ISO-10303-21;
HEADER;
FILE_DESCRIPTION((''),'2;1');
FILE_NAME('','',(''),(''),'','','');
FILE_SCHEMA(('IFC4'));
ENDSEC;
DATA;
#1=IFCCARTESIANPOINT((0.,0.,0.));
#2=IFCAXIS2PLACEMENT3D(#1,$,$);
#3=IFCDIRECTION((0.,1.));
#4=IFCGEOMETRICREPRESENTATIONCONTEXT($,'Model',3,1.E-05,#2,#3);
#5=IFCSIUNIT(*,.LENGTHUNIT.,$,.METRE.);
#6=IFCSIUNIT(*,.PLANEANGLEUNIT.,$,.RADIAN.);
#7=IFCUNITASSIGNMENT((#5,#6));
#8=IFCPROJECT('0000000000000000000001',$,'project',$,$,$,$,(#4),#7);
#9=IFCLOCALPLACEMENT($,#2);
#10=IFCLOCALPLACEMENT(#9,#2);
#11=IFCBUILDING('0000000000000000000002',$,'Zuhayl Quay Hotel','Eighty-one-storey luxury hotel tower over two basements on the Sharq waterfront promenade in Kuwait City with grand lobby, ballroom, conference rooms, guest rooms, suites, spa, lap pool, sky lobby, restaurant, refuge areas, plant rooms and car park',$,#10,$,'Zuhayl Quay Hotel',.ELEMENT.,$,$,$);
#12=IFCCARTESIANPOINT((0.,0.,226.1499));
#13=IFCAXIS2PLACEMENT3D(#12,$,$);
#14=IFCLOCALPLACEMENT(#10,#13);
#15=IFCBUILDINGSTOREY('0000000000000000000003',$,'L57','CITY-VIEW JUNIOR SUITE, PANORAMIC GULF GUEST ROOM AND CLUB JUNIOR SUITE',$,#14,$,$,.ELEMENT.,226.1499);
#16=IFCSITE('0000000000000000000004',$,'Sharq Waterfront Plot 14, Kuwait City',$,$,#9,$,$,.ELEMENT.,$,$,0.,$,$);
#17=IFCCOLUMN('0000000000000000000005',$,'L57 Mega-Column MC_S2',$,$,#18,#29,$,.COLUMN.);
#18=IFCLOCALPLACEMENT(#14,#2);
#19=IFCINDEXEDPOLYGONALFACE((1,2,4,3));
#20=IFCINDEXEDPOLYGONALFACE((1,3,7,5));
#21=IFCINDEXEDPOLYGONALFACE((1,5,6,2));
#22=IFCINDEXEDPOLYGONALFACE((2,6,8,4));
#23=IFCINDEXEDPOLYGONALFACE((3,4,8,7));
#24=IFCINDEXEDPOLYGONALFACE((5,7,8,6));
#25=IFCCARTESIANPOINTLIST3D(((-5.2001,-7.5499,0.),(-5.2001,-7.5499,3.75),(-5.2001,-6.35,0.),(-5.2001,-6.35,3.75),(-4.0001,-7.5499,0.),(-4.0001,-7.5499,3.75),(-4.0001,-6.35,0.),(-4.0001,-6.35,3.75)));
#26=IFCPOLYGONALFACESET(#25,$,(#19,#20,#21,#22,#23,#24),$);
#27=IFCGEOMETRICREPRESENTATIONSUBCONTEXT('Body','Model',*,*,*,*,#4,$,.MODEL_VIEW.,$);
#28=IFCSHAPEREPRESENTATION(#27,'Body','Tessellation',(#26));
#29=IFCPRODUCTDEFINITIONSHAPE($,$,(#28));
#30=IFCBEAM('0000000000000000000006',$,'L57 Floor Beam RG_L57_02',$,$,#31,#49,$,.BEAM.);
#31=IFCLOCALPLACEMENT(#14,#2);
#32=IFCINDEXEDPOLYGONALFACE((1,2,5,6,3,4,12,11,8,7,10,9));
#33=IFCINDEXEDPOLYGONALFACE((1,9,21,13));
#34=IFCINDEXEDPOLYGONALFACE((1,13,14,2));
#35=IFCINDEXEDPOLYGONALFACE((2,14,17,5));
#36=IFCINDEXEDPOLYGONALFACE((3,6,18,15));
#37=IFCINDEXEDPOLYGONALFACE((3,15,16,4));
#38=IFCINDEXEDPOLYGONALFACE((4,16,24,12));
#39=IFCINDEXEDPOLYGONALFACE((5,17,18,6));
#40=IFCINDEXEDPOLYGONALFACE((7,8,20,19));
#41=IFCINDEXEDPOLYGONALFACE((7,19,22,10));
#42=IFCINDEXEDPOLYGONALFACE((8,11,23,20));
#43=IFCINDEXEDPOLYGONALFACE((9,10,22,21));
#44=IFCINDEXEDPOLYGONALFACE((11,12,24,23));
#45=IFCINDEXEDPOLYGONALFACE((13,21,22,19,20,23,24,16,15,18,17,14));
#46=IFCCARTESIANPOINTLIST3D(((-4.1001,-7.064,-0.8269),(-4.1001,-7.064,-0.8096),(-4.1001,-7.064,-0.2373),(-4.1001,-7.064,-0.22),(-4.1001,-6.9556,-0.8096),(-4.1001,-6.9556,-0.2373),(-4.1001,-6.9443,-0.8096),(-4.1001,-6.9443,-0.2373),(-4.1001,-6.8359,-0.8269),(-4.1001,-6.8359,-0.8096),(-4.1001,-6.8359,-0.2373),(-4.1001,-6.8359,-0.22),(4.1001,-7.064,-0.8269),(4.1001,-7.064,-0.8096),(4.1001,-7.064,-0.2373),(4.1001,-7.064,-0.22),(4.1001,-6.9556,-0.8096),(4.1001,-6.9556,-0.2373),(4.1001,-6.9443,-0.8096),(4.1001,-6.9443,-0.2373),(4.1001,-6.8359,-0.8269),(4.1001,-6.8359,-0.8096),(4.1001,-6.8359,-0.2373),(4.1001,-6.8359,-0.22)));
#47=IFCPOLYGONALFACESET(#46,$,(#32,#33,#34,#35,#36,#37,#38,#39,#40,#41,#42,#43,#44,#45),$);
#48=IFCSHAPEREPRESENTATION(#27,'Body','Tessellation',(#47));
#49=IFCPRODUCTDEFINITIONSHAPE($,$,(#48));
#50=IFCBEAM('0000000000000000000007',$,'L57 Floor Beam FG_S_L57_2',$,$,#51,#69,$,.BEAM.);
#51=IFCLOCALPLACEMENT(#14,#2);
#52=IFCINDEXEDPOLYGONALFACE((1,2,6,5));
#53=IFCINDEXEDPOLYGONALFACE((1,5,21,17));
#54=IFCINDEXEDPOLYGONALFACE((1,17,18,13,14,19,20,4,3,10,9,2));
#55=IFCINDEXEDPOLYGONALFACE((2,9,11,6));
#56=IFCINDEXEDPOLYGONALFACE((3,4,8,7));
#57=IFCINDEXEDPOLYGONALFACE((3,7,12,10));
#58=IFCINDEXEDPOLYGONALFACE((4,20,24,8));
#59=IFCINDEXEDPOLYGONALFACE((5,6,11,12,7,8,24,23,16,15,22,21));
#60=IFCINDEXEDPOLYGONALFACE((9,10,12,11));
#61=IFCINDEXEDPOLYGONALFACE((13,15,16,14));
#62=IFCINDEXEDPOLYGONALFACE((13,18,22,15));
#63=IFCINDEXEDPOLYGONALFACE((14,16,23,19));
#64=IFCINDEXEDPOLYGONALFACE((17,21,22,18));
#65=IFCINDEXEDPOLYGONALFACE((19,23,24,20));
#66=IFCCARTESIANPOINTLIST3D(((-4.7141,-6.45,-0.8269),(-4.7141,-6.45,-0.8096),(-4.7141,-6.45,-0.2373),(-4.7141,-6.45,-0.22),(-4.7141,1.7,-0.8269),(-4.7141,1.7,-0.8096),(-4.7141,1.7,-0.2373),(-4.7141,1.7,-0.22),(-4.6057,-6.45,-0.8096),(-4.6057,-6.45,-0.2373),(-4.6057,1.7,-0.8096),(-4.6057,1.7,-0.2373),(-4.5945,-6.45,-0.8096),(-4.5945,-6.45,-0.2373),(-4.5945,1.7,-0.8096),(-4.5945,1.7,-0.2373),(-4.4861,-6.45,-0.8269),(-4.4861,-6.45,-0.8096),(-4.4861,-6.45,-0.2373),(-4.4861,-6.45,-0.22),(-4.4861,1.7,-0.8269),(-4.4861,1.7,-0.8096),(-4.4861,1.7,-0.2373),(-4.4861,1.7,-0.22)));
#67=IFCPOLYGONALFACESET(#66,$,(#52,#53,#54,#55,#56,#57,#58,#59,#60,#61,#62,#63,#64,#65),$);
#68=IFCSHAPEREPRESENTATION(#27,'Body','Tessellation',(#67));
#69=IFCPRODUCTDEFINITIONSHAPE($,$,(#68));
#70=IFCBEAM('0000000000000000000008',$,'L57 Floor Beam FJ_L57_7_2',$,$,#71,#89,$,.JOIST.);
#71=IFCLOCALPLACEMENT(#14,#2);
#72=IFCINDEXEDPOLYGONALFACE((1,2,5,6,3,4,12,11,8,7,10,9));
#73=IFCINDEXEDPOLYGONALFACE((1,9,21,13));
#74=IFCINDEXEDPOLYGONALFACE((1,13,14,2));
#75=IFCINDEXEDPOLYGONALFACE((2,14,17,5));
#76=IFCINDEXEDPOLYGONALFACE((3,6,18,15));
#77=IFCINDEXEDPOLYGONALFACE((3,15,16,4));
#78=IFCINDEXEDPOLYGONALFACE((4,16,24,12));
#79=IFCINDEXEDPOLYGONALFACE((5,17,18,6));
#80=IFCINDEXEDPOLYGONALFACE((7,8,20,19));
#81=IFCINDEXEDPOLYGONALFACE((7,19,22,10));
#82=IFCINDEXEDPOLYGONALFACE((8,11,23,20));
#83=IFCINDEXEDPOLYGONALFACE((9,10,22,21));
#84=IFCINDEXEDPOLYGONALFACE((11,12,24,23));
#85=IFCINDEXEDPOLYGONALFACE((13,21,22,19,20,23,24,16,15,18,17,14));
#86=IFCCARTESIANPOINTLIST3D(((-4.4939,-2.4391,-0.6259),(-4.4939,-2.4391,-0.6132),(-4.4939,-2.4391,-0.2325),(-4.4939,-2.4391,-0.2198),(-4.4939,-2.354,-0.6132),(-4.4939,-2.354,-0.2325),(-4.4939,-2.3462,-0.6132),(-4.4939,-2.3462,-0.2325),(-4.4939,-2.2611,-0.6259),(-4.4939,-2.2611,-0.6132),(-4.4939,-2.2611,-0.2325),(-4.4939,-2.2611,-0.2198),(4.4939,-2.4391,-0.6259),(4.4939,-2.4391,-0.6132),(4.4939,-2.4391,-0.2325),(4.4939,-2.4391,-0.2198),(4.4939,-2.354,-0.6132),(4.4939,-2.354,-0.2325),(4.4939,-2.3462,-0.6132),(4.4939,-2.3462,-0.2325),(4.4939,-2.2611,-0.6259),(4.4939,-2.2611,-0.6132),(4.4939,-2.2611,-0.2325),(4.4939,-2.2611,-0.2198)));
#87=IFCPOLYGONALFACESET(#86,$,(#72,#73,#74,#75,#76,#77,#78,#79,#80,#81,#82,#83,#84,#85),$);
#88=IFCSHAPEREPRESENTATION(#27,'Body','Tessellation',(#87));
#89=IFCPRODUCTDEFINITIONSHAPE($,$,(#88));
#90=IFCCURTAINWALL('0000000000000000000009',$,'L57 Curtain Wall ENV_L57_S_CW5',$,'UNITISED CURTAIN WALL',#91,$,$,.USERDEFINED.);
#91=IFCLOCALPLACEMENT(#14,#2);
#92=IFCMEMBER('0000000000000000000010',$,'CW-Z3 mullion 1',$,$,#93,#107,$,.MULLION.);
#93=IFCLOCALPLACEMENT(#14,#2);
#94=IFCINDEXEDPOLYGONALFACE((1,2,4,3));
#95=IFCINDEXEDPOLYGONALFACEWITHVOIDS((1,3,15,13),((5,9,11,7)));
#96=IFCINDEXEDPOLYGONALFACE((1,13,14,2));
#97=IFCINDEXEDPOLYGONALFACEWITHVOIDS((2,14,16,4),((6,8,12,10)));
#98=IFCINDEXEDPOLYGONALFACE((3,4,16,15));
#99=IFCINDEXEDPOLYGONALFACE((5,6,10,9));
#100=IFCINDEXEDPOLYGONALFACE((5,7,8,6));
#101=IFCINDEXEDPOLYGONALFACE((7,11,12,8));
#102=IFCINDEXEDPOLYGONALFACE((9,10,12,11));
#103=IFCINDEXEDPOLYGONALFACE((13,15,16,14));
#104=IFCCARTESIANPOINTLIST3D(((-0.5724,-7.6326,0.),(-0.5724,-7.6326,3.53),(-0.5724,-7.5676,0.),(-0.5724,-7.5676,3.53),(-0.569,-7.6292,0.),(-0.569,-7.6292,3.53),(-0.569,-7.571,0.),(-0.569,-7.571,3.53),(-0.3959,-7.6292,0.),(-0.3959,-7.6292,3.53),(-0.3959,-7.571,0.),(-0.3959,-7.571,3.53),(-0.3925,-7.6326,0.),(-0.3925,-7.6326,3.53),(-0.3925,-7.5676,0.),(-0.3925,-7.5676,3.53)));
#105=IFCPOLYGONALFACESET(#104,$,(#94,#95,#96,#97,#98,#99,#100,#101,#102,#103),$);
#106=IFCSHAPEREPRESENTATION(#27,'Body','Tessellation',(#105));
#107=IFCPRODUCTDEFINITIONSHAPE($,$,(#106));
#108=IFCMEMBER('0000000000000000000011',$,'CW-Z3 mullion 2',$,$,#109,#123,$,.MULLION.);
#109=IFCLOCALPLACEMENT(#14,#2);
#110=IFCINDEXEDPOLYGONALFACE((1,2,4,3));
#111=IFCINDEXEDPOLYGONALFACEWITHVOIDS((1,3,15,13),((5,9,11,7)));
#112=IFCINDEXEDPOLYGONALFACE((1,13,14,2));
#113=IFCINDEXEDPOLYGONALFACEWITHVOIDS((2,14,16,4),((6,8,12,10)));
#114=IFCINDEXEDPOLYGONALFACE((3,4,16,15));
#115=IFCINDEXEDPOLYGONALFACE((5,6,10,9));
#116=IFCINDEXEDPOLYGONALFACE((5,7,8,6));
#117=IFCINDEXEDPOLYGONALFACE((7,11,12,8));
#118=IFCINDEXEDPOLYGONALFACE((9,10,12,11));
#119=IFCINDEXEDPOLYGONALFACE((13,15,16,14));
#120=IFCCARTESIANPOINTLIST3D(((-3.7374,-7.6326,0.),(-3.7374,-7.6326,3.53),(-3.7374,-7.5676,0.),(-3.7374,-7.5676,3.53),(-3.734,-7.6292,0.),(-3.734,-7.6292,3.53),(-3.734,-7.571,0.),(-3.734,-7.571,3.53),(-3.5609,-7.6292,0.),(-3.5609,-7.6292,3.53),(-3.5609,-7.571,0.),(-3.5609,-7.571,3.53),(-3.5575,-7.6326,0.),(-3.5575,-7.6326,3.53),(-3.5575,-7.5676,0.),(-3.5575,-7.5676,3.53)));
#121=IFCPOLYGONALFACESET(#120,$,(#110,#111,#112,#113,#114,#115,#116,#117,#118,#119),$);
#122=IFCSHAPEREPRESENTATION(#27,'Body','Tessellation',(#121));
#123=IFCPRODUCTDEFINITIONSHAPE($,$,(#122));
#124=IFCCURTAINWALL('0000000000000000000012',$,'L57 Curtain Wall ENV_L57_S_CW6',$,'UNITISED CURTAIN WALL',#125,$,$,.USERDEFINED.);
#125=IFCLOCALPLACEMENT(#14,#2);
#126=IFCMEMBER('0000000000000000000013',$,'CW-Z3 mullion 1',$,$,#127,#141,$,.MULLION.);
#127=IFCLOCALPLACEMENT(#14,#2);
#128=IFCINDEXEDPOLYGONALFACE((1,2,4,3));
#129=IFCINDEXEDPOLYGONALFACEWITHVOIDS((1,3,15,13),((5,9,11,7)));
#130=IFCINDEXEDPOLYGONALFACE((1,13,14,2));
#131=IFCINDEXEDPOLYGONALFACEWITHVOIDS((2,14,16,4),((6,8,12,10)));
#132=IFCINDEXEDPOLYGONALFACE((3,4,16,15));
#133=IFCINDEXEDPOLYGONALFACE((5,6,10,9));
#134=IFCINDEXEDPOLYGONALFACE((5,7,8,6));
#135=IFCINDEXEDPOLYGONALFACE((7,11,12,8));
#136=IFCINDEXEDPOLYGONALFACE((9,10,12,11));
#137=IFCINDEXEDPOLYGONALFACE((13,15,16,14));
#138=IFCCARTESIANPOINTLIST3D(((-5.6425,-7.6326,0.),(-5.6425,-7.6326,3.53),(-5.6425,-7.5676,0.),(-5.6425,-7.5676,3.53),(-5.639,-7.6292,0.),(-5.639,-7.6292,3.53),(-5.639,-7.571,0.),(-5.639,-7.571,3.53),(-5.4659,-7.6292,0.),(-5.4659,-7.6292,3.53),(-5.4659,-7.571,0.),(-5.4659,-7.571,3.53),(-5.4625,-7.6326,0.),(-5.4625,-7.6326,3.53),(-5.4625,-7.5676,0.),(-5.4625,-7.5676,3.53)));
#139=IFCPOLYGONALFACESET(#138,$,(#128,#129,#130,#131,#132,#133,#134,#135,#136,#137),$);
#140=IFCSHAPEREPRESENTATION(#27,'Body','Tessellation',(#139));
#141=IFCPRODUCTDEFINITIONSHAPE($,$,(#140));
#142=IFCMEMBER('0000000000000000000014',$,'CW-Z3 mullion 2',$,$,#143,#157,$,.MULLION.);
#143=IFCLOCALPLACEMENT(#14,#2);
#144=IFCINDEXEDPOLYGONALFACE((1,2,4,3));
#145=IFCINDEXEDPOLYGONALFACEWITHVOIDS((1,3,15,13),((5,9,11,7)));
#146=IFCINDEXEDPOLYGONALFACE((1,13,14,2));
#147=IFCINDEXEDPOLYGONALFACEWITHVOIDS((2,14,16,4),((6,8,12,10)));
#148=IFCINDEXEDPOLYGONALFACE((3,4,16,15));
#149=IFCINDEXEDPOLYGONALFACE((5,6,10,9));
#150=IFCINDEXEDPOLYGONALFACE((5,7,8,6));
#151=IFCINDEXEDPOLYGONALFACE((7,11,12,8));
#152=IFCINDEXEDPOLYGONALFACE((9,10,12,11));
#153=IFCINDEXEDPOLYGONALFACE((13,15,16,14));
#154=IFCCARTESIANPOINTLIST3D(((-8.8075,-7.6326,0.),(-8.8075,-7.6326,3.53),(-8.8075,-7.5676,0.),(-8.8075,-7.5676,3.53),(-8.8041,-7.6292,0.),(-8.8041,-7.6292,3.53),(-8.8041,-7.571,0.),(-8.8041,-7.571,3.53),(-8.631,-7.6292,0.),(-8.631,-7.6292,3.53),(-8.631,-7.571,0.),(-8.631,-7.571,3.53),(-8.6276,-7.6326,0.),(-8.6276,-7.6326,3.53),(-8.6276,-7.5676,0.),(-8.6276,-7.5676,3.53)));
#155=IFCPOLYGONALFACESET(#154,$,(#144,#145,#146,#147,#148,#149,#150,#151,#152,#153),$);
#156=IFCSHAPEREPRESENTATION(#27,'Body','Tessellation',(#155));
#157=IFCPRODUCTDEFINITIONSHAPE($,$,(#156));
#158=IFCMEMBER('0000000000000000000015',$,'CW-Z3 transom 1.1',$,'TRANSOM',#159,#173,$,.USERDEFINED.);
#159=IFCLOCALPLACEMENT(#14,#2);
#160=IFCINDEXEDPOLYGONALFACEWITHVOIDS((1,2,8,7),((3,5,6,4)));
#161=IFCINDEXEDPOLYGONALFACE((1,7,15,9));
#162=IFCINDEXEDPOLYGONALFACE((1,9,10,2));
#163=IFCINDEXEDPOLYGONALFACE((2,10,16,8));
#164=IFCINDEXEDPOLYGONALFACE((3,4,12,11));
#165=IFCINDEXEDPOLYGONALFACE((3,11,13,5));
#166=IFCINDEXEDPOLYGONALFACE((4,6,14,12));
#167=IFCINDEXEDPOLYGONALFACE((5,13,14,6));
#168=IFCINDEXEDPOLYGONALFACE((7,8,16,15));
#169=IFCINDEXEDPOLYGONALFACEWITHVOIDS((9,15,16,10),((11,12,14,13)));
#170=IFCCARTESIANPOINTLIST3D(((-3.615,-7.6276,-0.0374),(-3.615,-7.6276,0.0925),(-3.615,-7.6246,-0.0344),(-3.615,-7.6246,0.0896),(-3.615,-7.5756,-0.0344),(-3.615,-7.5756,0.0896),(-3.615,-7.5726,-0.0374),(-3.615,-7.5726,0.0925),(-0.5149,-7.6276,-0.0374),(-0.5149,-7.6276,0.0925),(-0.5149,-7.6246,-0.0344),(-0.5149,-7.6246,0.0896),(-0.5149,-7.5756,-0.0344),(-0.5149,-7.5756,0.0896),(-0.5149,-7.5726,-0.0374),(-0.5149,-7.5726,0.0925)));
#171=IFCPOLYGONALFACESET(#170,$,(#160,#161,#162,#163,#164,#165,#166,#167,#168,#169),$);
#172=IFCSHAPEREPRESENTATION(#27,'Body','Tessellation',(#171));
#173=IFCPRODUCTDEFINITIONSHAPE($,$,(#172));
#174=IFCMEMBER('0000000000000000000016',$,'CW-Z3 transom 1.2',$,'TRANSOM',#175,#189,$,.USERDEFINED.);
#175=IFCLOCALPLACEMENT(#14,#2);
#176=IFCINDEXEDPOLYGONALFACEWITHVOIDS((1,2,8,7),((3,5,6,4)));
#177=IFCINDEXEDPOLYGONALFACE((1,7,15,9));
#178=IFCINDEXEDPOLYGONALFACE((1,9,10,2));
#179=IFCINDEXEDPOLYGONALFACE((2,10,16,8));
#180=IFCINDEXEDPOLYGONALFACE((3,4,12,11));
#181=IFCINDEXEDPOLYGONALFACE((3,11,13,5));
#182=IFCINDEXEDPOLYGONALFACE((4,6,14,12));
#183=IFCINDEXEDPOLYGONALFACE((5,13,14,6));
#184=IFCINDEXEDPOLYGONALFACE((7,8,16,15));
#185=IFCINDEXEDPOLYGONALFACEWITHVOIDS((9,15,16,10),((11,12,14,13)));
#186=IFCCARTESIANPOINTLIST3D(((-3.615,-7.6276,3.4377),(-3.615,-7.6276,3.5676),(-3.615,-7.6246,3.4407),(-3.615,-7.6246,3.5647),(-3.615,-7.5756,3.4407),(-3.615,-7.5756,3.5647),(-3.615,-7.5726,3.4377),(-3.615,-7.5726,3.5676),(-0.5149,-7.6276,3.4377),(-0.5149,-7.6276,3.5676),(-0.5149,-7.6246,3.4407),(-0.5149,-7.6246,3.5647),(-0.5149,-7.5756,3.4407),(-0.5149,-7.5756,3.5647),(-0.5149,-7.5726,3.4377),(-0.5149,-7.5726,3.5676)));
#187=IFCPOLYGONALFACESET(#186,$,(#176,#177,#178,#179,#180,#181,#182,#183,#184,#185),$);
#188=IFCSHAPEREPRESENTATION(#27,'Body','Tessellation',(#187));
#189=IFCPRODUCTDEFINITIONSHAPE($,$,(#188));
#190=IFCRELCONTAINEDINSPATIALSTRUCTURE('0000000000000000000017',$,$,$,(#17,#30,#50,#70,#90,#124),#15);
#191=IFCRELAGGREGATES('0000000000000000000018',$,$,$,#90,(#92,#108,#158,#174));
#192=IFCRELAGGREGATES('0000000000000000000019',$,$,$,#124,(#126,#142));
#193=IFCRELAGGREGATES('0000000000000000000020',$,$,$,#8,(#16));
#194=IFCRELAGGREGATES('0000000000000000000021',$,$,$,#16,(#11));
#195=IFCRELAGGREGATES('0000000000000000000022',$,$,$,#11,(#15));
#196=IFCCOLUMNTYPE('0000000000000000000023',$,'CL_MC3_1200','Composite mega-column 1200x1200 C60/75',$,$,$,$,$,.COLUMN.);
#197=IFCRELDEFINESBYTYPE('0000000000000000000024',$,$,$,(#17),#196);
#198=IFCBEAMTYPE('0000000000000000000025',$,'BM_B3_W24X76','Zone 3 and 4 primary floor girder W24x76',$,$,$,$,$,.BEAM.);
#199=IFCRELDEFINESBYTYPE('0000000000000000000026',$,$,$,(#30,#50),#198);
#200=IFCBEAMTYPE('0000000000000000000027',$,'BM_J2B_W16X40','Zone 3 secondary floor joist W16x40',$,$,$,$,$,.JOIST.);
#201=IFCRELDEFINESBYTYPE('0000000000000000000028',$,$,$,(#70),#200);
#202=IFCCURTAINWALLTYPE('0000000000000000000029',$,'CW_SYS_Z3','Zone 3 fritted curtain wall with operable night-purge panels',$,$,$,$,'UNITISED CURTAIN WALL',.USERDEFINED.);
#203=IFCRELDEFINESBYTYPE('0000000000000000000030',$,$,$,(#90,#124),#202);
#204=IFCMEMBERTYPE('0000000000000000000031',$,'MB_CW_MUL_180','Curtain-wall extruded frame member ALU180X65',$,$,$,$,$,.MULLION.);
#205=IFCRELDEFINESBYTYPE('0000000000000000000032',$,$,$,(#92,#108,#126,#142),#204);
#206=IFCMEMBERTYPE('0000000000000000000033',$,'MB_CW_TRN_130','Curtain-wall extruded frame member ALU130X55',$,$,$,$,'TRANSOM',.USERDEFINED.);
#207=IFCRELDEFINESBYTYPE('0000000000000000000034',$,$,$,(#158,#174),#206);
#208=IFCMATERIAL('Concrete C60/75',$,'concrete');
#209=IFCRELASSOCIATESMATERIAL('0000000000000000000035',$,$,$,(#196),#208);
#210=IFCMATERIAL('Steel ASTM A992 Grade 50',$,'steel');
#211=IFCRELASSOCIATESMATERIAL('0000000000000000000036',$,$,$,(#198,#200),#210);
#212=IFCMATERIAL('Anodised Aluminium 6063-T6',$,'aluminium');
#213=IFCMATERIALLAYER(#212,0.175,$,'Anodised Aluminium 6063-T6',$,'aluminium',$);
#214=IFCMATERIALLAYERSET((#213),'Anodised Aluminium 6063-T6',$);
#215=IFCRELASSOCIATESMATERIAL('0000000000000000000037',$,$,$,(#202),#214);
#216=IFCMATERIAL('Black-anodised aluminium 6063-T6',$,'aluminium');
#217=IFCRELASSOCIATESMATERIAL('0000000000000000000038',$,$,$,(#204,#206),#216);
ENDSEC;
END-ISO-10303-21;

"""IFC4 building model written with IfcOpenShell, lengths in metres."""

from ifc_helpers import new_model, si_unit, direction, frame, origin, origin_2d, place, context, subcontext, project, spatial, rectangle, hollow_rectangle, i_section, extrude, material, layer, layer_set, material_profile, profile_set, type_object, element, aggregate, save


model = new_model("IFC4")

# Units and contexts
model_context = context("Model", 3, precision=1e-05, world=origin(), true_north=direction((0.0, 1.0)))
body_context = subcontext(model_context, "Body", "Model", "MODEL_VIEW")
ifc_project = project(units=[si_unit("LENGTHUNIT", "METRE"), si_unit("PLANEANGLEUNIT", "RADIAN")], contexts=[model_context])

# Site, building, storey
site_placement = place(None, origin())
site = spatial("IfcSite", under=ifc_project, at=site_placement, Name="Sharq Waterfront Plot 14, Kuwait City", CompositionType="ELEMENT", RefElevation=0.0)
building_placement = place(site_placement, origin())
building = spatial("IfcBuilding", under=site, at=building_placement, Name="Zuhayl Quay Hotel", Description="Eighty-one-storey luxury hotel tower over two basements on the Sharq waterfront promenade in Kuwait City with grand lobby, ballroom, conference rooms, guest rooms, suites, spa, lap pool, sky lobby, restaurant, refuge areas, plant rooms and car park", LongName="Zuhayl Quay Hotel", CompositionType="ELEMENT")
storey_placement = place(building_placement, frame((0.0, 0.0, 226.1499)))
storey = spatial("IfcBuildingStorey", under=building, at=storey_placement, Name="L57", Description="CITY-VIEW JUNIOR SUITE, PANORAMIC GULF GUEST ROOM AND CLUB JUNIOR SUITE", CompositionType="ELEMENT", Elevation=226.1499)

# Column
ifc_material_1 = material(Name="Concrete C60/75", Category="concrete")
ifc_material_profile_1 = material_profile(ifc_material_1, rectangle(XDim=1.2, YDim=1.2, at=origin_2d()), Name="RC1200X1200")
ifc_profile_set_1 = profile_set([ifc_material_profile_1], Name="Concrete C60/75")
column_type = type_object("IfcColumnType", Name="CL_MC3_1200", Description="Composite mega-column 1200x1200 C60/75", PredefinedType="COLUMN", material=ifc_profile_set_1)
column_placement = place(storey_placement, frame((-4.6001, -6.95, 0.0), z_axis=(0.0, 0.0, 1.0), x_axis=(1.0, 0.0, 0.0)))
element("IfcColumn", 1, at=column_placement, inside=storey, type_object=column_type, Name="L57 Mega-Column MC_S2", PredefinedType="COLUMN", context=body_context, shape_type="SweptSolid", body=[
    extrude(rectangle(XDim=1.2, YDim=1.2, at=origin_2d()), origin(), (0.0, 0.0, 1.0), 3.75),
])

# Beams
ifc_material_2 = material(Name="Steel ASTM A992 Grade 50", Category="steel")
ifc_material_profile_2 = material_profile(ifc_material_2, i_section(OverallWidth=0.228, OverallDepth=0.6069, WebThickness=0.0112, FlangeThickness=0.0173, at=origin_2d()), Name="W24X76")
ifc_profile_set_2 = profile_set([ifc_material_profile_2], Name="Steel ASTM A992 Grade 50")
beam_type_1 = type_object("IfcBeamType", Name="BM_B3_W24X76", Description="Zone 3 and 4 primary floor girder W24x76", PredefinedType="BEAM", material=ifc_profile_set_2)
beam_1_placement = place(storey_placement, frame((-4.1001, -6.95, -0.5234), z_axis=(1.0, 0.0, 0.0), x_axis=(0.0, 1.0, 0.0)))
element("IfcBeam", 2, at=beam_1_placement, inside=storey, type_object=beam_type_1, Name="L57 Floor Beam RG_L57_02", PredefinedType="BEAM", context=body_context, shape_type="SweptSolid", body=[
    extrude(i_section(OverallWidth=0.228, OverallDepth=0.6069, WebThickness=0.0112, FlangeThickness=0.0173, at=origin_2d()), origin(), (0.0, 0.0, 1.0), 8.2002),
])
beam_2_placement = place(storey_placement, frame((-4.6001, -6.45, -0.5234), z_axis=(0.0, 1.0, 0.0), x_axis=(-1.0, 0.0, 0.0)))
element("IfcBeam", 3, at=beam_2_placement, inside=storey, type_object=beam_type_1, Name="L57 Floor Beam FG_S_L57_2", PredefinedType="BEAM", context=body_context, shape_type="SweptSolid", body=[
    extrude(i_section(OverallWidth=0.228, OverallDepth=0.6069, WebThickness=0.0112, FlangeThickness=0.0173, at=origin_2d()), origin(), (0.0, 0.0, 1.0), 8.1499),
])
ifc_material_profile_3 = material_profile(ifc_material_2, i_section(OverallWidth=0.178, OverallDepth=0.406, WebThickness=0.0078, FlangeThickness=0.0127, at=origin_2d()), Name="W16X40")
ifc_profile_set_3 = profile_set([ifc_material_profile_3], Name="Steel ASTM A992 Grade 50")
beam_type_2 = type_object("IfcBeamType", Name="BM_J2B_W16X40", Description="Zone 3 secondary floor joist W16x40", PredefinedType="JOIST", material=ifc_profile_set_3)
beam_3_placement = place(storey_placement, frame((-4.4939, -2.3501, -0.4229), z_axis=(1.0, 0.0, 0.0), x_axis=(0.0, 1.0, 0.0)))
element("IfcBeam", 4, at=beam_3_placement, inside=storey, type_object=beam_type_2, Name="L57 Floor Beam FJ_L57_7_2", PredefinedType="JOIST", context=body_context, shape_type="SweptSolid", body=[
    extrude(i_section(OverallWidth=0.178, OverallDepth=0.406, WebThickness=0.0078, FlangeThickness=0.0127, at=origin_2d()), origin(), (0.0, 0.0, 1.0), 8.9878),
])

# Curtain walls, members
ifc_material_3 = material(Name="Anodised Aluminium 6063-T6", Category="aluminium")
ifc_layer_1 = layer(ifc_material_3, 0.175, Name="Anodised Aluminium 6063-T6", Category="aluminium")
ifc_layer_set_1 = layer_set([ifc_layer_1], Name="Anodised Aluminium 6063-T6")
curtain_wall_type = type_object("IfcCurtainWallType", Name="CW_SYS_Z3", Description="Zone 3 fritted curtain wall with operable night-purge panels", ElementType="UNITISED CURTAIN WALL", PredefinedType="USERDEFINED", material=ifc_layer_set_1)
curtain_wall_1_placement = place(storey_placement, origin())
curtain_wall_1 = element("IfcCurtainWall", 5, at=curtain_wall_1_placement, inside=storey, type_object=curtain_wall_type, Name="L57 Curtain Wall ENV_L57_S_CW5", ObjectType="UNITISED CURTAIN WALL", PredefinedType="USERDEFINED")
ifc_material_4 = material(Name="Black-anodised aluminium 6063-T6", Category="aluminium")
ifc_material_profile_4 = material_profile(ifc_material_4, hollow_rectangle(XDim=0.0649, YDim=0.1799, WallThickness=0.0034, at=origin_2d()), Name="ALU180X65")
ifc_profile_set_4 = profile_set([ifc_material_profile_4], Name="Black-anodised aluminium 6063-T6")
member_type_1 = type_object("IfcMemberType", Name="MB_CW_MUL_180", Description="Curtain-wall extruded frame member ALU180X65", PredefinedType="MULLION", material=ifc_profile_set_4)
member_1_placement = place(storey_placement, frame((-0.4824, -7.6001, 0.0), z_axis=(0.0, 0.0, 1.0), x_axis=(0.0, -1.0, 0.0)))
member_1 = element("IfcMember", 6, at=member_1_placement, type_object=member_type_1, Name="CW-Z3 mullion 1", PredefinedType="MULLION", context=body_context, shape_type="SweptSolid", body=[
    extrude(hollow_rectangle(XDim=0.0649, YDim=0.1799, WallThickness=0.0034, at=origin_2d()), origin(), (0.0, 0.0, 1.0), 3.53),
])
member_2_placement = place(storey_placement, frame((-3.6475, -7.6001, 0.0), z_axis=(0.0, 0.0, 1.0), x_axis=(0.0, -1.0, 0.0)))
member_2 = element("IfcMember", 7, at=member_2_placement, type_object=member_type_1, Name="CW-Z3 mullion 2", PredefinedType="MULLION", context=body_context, shape_type="SweptSolid", body=[
    extrude(hollow_rectangle(XDim=0.0649, YDim=0.1799, WallThickness=0.0034, at=origin_2d()), origin(), (0.0, 0.0, 1.0), 3.53),
])
curtain_wall_2_placement = place(storey_placement, origin())
curtain_wall_2 = element("IfcCurtainWall", 8, at=curtain_wall_2_placement, inside=storey, type_object=curtain_wall_type, Name="L57 Curtain Wall ENV_L57_S_CW6", ObjectType="UNITISED CURTAIN WALL", PredefinedType="USERDEFINED")
member_3_placement = place(storey_placement, frame((-5.5525, -7.6001, 0.0), z_axis=(0.0, 0.0, 1.0), x_axis=(0.0, -1.0, 0.0)))
member_3 = element("IfcMember", 9, at=member_3_placement, type_object=member_type_1, Name="CW-Z3 mullion 1", PredefinedType="MULLION", context=body_context, shape_type="SweptSolid", body=[
    extrude(hollow_rectangle(XDim=0.0649, YDim=0.1799, WallThickness=0.0034, at=origin_2d()), origin(), (0.0, 0.0, 1.0), 3.53),
])
member_4_placement = place(storey_placement, frame((-8.7175, -7.6001, 0.0), z_axis=(0.0, 0.0, 1.0), x_axis=(0.0, -1.0, 0.0)))
member_4 = element("IfcMember", 10, at=member_4_placement, type_object=member_type_1, Name="CW-Z3 mullion 2", PredefinedType="MULLION", context=body_context, shape_type="SweptSolid", body=[
    extrude(hollow_rectangle(XDim=0.0649, YDim=0.1799, WallThickness=0.0034, at=origin_2d()), origin(), (0.0, 0.0, 1.0), 3.53),
])

# Members
ifc_material_profile_5 = material_profile(ifc_material_4, hollow_rectangle(XDim=0.0549, YDim=0.1299, WallThickness=0.0029, at=origin_2d()), Name="ALU130X55")
ifc_profile_set_5 = profile_set([ifc_material_profile_5], Name="Black-anodised aluminium 6063-T6")
member_type_2 = type_object("IfcMemberType", Name="MB_CW_TRN_130", Description="Curtain-wall extruded frame member ALU130X55", ElementType="TRANSOM", PredefinedType="USERDEFINED", material=ifc_profile_set_5)
member_5_placement = place(storey_placement, frame((-0.5149, -7.6001, 0.0276), z_axis=(-1.0, 0.0, 0.0), x_axis=(0.0, -1.0, 0.0)))
member_5 = element("IfcMember", 11, at=member_5_placement, type_object=member_type_2, Name="CW-Z3 transom 1.1", ObjectType="TRANSOM", PredefinedType="USERDEFINED", context=body_context, shape_type="SweptSolid", body=[
    extrude(hollow_rectangle(XDim=0.0549, YDim=0.1299, WallThickness=0.0029, at=origin_2d()), origin(), (0.0, 0.0, 1.0), 3.1001),
])
member_6_placement = place(storey_placement, frame((-0.5149, -7.6001, 3.5027), z_axis=(-1.0, 0.0, 0.0), x_axis=(0.0, -1.0, 0.0)))
member_6 = element("IfcMember", 12, at=member_6_placement, type_object=member_type_2, Name="CW-Z3 transom 1.2", ObjectType="TRANSOM", PredefinedType="USERDEFINED", context=body_context, shape_type="SweptSolid", body=[
    extrude(hollow_rectangle(XDim=0.0549, YDim=0.1299, WallThickness=0.0029, at=origin_2d()), origin(), (0.0, 0.0, 1.0), 3.1001),
])

aggregate(curtain_wall_1, [member_1, member_2, member_5, member_6])
aggregate(curtain_wall_2, [member_3, member_4])

save(model, "model.ifc")
